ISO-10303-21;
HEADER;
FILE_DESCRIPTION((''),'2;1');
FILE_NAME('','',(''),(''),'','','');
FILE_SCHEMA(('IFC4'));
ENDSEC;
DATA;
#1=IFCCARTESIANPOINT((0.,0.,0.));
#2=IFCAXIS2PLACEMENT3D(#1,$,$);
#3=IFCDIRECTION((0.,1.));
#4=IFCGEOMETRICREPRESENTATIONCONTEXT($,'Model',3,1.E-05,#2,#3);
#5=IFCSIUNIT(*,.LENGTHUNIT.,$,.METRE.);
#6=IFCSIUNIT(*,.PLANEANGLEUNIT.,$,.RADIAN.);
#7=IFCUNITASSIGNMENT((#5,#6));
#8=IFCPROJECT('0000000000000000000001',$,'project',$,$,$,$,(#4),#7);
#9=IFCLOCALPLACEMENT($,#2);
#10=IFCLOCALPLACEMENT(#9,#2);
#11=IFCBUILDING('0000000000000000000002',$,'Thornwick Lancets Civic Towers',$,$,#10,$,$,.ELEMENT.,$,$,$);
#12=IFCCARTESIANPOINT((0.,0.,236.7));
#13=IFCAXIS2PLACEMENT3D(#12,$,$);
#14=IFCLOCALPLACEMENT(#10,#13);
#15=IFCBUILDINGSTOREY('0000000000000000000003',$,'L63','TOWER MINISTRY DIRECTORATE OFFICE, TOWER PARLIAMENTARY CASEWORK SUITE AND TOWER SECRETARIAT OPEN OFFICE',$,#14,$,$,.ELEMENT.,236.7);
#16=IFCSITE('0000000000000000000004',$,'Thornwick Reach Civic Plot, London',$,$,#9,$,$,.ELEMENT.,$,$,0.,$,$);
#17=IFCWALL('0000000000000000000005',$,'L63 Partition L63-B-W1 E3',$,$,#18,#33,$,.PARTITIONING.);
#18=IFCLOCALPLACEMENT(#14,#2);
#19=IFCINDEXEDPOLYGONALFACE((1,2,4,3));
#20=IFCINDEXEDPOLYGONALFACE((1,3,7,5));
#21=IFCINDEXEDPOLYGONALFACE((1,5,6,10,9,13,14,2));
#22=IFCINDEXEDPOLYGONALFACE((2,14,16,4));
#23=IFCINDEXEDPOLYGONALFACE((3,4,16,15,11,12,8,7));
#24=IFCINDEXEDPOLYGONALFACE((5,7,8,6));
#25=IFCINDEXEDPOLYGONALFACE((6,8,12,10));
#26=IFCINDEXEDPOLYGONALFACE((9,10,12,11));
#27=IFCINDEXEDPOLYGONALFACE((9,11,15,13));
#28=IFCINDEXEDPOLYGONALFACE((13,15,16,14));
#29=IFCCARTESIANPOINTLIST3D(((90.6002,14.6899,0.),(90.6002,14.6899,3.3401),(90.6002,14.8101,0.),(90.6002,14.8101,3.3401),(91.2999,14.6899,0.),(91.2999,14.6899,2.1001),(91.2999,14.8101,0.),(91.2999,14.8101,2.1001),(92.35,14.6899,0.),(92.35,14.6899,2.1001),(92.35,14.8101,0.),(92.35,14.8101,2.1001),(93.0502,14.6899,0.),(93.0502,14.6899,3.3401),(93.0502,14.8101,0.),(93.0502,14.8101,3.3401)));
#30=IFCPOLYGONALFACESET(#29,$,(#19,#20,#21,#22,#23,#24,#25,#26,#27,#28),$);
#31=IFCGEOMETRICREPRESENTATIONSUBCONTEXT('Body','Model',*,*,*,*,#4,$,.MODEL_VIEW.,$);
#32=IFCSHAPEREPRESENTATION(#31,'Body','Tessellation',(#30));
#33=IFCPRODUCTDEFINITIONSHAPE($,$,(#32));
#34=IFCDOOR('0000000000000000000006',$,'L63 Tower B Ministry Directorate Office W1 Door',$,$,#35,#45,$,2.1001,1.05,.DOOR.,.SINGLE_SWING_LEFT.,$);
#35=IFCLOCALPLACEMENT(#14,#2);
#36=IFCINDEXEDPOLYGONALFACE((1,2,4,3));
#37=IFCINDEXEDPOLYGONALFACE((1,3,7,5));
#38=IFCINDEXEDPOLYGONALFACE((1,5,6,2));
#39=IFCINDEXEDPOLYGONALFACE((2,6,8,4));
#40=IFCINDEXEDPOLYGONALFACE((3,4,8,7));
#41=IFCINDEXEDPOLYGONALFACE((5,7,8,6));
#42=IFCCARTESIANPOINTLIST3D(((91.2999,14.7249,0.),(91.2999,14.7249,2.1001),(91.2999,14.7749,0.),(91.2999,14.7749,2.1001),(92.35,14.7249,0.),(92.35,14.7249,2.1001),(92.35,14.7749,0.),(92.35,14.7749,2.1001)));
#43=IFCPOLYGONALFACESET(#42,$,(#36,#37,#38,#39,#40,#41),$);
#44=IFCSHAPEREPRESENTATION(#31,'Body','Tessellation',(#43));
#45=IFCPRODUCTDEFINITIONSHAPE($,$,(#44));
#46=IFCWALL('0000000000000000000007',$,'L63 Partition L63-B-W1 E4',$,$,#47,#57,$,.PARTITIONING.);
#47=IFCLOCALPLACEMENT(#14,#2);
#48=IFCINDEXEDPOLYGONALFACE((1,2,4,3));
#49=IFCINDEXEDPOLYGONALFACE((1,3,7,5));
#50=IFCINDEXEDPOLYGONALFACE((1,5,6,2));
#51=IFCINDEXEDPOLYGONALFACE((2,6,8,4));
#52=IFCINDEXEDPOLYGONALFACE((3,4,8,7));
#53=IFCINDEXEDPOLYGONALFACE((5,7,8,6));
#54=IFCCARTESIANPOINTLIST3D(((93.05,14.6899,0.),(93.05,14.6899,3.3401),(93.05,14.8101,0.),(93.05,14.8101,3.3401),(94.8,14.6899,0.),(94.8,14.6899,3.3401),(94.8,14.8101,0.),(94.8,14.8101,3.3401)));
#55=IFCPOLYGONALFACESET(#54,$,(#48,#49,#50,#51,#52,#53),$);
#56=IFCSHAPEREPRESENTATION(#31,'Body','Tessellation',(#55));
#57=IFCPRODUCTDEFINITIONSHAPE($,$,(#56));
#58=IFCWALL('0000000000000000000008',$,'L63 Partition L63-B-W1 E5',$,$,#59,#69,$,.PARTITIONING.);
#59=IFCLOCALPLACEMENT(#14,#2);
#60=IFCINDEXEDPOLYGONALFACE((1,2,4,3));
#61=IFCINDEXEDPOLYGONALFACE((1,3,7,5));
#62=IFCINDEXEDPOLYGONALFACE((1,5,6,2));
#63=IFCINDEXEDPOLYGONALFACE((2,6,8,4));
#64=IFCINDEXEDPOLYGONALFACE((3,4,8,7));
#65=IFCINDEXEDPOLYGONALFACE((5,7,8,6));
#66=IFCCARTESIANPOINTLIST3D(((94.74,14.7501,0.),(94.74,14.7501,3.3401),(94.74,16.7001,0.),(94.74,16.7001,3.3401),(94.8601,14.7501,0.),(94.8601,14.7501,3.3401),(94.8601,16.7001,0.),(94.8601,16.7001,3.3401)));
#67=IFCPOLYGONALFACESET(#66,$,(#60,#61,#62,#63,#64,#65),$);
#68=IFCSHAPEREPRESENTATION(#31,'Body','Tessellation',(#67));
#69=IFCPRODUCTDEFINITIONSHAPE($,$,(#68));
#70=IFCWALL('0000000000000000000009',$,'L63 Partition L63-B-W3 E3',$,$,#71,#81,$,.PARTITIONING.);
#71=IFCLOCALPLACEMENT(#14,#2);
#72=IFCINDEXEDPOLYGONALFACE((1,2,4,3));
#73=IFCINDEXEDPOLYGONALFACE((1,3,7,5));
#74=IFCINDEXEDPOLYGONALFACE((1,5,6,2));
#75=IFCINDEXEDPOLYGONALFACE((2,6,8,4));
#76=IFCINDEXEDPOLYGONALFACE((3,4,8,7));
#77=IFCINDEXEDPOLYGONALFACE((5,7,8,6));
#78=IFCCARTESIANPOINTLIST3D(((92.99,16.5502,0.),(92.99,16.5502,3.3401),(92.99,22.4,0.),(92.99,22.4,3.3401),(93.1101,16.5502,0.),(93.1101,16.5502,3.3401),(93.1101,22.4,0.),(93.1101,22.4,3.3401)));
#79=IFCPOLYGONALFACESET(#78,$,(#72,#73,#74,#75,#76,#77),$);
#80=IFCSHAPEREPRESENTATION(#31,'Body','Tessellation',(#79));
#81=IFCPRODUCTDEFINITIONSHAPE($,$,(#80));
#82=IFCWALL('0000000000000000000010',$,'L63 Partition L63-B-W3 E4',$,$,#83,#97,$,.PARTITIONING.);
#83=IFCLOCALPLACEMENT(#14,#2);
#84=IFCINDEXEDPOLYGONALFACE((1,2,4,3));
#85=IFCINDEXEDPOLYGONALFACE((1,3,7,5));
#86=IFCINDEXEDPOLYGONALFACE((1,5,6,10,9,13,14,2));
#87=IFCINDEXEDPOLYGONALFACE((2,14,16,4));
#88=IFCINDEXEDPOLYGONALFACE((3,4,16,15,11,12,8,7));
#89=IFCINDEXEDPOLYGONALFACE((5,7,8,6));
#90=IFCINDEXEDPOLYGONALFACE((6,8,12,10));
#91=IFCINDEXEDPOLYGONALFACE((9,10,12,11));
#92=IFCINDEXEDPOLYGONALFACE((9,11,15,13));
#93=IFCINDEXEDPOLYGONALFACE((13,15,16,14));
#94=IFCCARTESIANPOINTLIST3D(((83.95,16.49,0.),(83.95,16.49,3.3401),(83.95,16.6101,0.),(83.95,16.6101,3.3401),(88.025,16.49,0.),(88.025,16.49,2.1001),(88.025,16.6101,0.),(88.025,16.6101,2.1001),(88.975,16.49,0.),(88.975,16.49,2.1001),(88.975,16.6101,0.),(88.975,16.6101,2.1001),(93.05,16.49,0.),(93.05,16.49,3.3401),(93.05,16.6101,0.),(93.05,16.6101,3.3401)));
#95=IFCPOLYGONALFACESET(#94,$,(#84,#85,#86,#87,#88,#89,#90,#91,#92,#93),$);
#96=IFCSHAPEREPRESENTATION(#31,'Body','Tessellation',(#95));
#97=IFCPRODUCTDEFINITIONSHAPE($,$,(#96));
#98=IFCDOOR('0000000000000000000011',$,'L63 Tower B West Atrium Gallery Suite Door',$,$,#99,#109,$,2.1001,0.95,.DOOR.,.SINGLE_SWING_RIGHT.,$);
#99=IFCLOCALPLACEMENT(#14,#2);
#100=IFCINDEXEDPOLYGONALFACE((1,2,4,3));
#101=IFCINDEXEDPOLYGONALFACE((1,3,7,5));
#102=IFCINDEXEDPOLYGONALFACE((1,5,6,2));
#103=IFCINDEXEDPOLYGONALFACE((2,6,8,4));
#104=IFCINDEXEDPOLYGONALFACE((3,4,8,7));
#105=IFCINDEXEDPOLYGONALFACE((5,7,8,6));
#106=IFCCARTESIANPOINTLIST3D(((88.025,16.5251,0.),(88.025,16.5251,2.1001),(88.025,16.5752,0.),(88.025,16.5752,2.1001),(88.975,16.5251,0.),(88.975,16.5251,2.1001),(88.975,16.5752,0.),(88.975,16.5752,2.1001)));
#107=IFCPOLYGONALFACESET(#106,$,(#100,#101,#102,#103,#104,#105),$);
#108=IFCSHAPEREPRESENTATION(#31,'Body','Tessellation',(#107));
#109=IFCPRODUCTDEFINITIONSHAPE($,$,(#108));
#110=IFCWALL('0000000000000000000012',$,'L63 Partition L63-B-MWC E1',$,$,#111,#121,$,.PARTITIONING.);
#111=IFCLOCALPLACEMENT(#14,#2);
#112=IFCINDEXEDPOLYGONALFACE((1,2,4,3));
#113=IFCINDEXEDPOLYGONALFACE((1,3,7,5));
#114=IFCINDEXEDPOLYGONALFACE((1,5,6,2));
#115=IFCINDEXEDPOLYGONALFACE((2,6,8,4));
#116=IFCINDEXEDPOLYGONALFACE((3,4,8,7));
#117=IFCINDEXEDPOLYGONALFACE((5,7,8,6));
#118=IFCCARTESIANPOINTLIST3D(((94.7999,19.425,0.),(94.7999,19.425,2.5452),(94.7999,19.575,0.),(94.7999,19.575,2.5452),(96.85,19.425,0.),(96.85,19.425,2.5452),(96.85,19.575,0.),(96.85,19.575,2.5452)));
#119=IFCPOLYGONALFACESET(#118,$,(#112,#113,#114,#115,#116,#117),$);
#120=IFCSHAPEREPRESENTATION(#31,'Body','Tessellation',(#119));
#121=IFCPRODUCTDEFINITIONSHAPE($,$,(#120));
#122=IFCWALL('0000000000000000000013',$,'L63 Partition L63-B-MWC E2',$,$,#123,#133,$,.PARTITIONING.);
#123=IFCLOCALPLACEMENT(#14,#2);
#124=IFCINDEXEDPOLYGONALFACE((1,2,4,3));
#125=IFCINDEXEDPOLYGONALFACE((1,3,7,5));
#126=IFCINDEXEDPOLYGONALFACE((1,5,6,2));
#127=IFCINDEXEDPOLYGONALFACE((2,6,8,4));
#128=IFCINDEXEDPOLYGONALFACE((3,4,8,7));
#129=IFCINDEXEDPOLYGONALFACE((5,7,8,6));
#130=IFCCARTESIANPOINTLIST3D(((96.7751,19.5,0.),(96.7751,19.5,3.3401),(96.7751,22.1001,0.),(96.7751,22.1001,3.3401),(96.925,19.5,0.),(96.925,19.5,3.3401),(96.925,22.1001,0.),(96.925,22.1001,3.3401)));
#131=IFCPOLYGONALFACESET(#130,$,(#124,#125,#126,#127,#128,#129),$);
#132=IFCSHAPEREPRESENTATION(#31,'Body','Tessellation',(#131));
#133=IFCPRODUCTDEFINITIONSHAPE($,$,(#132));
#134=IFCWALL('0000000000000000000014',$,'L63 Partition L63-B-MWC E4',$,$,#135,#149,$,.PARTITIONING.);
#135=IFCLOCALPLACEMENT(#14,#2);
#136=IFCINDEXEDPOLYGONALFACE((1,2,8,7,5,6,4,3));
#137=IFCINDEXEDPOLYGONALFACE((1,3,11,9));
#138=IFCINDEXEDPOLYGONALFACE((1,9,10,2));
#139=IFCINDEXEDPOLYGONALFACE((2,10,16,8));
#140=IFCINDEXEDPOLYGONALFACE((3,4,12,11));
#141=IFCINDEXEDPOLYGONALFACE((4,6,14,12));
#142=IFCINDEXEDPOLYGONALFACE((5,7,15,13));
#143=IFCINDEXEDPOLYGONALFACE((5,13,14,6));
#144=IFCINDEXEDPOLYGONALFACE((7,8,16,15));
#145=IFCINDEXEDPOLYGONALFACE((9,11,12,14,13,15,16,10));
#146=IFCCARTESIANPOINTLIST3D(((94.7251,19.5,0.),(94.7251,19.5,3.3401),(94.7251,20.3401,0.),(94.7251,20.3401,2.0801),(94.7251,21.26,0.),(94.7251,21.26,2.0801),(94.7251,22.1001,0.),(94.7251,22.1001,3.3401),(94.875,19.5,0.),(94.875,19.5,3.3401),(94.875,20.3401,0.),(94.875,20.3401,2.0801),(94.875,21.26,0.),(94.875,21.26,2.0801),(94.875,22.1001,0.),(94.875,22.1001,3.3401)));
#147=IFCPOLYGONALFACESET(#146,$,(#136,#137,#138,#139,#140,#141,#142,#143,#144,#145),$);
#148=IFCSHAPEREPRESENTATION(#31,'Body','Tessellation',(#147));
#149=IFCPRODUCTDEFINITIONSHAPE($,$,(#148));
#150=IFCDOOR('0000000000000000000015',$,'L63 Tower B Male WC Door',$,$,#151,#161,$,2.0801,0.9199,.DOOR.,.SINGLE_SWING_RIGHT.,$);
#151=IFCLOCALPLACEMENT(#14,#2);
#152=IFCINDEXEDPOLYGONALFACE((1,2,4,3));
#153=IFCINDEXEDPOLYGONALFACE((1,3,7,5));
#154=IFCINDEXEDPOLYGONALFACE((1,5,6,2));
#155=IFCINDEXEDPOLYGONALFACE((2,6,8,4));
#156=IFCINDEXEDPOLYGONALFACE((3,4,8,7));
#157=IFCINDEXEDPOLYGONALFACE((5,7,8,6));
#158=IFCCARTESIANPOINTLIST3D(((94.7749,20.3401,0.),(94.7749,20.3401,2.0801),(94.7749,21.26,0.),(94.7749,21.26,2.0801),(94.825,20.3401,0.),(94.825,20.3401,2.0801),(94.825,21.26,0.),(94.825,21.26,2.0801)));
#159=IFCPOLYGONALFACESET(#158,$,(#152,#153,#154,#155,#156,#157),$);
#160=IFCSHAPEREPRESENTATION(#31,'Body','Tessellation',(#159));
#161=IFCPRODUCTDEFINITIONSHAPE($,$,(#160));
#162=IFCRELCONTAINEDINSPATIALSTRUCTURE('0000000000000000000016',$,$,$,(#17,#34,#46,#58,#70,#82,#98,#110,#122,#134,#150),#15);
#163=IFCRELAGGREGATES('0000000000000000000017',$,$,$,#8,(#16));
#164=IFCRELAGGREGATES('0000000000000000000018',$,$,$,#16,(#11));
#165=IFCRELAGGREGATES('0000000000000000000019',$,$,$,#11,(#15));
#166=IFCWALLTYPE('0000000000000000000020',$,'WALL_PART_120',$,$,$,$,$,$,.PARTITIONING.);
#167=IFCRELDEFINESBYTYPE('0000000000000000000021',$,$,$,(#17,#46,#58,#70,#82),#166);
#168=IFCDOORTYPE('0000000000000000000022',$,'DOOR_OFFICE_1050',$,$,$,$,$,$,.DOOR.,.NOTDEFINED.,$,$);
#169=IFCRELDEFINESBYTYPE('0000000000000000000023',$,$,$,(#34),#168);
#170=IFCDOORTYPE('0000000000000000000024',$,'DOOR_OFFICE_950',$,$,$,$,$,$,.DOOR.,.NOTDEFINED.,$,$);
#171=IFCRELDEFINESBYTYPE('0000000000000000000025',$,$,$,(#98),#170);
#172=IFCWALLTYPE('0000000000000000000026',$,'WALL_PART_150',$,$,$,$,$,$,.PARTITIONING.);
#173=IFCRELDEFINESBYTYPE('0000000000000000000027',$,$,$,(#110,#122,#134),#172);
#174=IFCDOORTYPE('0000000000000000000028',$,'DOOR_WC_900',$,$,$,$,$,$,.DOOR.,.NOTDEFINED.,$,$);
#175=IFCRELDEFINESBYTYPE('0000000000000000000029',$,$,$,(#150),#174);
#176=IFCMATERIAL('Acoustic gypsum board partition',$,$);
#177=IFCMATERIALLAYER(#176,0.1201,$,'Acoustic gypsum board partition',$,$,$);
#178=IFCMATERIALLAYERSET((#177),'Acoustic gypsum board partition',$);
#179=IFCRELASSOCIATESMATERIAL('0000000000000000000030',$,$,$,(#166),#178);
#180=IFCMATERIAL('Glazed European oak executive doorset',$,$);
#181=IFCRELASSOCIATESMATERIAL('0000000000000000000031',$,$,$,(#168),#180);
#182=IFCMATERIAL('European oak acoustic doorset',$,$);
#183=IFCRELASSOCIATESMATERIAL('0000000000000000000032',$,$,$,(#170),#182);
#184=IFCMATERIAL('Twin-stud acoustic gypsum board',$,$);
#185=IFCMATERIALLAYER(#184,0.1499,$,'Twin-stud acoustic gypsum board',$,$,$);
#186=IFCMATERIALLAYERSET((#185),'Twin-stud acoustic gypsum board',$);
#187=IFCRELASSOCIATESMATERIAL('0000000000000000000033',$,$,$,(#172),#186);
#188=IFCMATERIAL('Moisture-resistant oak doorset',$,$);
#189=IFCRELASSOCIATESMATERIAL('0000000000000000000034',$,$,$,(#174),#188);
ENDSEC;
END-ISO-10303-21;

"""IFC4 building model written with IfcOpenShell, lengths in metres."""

from ifc_helpers import new_model, si_unit, direction, frame, frame_2d, origin, place, context, subcontext, project, spatial, rectangle, extrude, material, layer, layer_set, type_object, element, fill, save


model = new_model("IFC4")

# Units and contexts
model_context = context("Model", 3, precision=1e-05, world=origin(), true_north=direction((0.0, 1.0)))
body_context = subcontext(model_context, "Body", "Model", "MODEL_VIEW")
ifc_project = project(units=[si_unit("LENGTHUNIT", "METRE"), si_unit("PLANEANGLEUNIT", "RADIAN")], contexts=[model_context])

# Site, building, storey
site_placement = place(None, origin())
site = spatial("IfcSite", under=ifc_project, at=site_placement, Name="Thornwick Reach Civic Plot, London", CompositionType="ELEMENT", RefElevation=0.0)
building_placement = place(site_placement, origin())
building = spatial("IfcBuilding", under=site, at=building_placement, Name="Thornwick Lancets Civic Towers", CompositionType="ELEMENT")
storey_placement = place(building_placement, frame((0.0, 0.0, 236.7)))
storey = spatial("IfcBuildingStorey", under=building, at=storey_placement, Name="L63", Description="TOWER MINISTRY DIRECTORATE OFFICE, TOWER PARLIAMENTARY CASEWORK SUITE AND TOWER SECRETARIAT OPEN OFFICE", CompositionType="ELEMENT", Elevation=236.7)

# Shared definitions
ifc_material_1 = material(Name="Acoustic gypsum board partition")
ifc_layer_1 = layer(ifc_material_1, 0.1201, Name="Acoustic gypsum board partition")
ifc_layer_set_1 = layer_set([ifc_layer_1], Name="Acoustic gypsum board partition")
wall_type_1 = type_object("IfcWallType", Name="WALL_PART_120", PredefinedType="PARTITIONING", material=ifc_layer_set_1)

# Wall, opening, door
wall_1_placement = place(storey_placement, frame((90.6001, 14.75, 0.0), z_axis=(0.0, 0.0, 1.0), x_axis=(1.0, 0.0, 0.0)))
wall_1 = element("IfcWall", 1, at=wall_1_placement, inside=storey, type_object=wall_type_1, Name="L63 Partition L63-B-W1 E3", PredefinedType="PARTITIONING", context=body_context, shape_type="SweptSolid", body=[
    extrude(rectangle(XDim=2.45, YDim=0.1201, at=frame_2d((1.2251, 0.0))), origin(), (0.0, 0.0, 1.0), 3.3401),
])
opening_1_placement = place(wall_1_placement, frame((0.7, 0.0, 0.0)))
opening_1 = element("IfcOpeningElement", 2, at=opening_1_placement, cuts=wall_1, PredefinedType="OPENING", context=body_context, shape_type="SweptSolid", body=[
    extrude(rectangle(XDim=1.05, YDim=2.1001, at=frame_2d((0.5249, 1.05))), frame((0.0, 0.0701, 0.0), z_axis=(0.0, -1.0, 0.0), x_axis=(1.0, 0.0, 0.0)), (0.0, 0.0, 1.0), 0.1401),
])
ifc_material_2 = material(Name="Glazed European oak executive doorset")
door_type_1 = type_object("IfcDoorType", Name="DOOR_OFFICE_1050", OperationType="NOTDEFINED", PredefinedType="DOOR", material=ifc_material_2)
door_1_placement = place(opening_1_placement, origin())
door_1 = element("IfcDoor", 3, at=door_1_placement, inside=storey, type_object=door_type_1, Name="L63 Tower B Ministry Directorate Office W1 Door", OperationType="SINGLE_SWING_LEFT", OverallHeight=2.1001, OverallWidth=1.05, PredefinedType="DOOR", context=body_context, shape_type="SweptSolid", body=[
    extrude(rectangle(XDim=1.05, YDim=2.1001, at=frame_2d((0.5249, 1.05))), frame((0.0, 0.0249, 0.0), z_axis=(0.0, -1.0, 0.0), x_axis=(1.0, 0.0, 0.0)), (0.0, 0.0, 1.0), 0.05),
])
fill(opening_1, door_1)

# Walls
wall_2_placement = place(storey_placement, frame((93.05, 14.75, 0.0), z_axis=(0.0, 0.0, 1.0), x_axis=(1.0, 0.0, 0.0)))
element("IfcWall", 4, at=wall_2_placement, inside=storey, type_object=wall_type_1, Name="L63 Partition L63-B-W1 E4", PredefinedType="PARTITIONING", context=body_context, shape_type="SweptSolid", body=[
    extrude(rectangle(XDim=1.75, YDim=0.1201, at=frame_2d((0.875, 0.0))), origin(), (0.0, 0.0, 1.0), 3.3401),
])
wall_3_placement = place(storey_placement, frame((94.8, 14.75, 0.0), z_axis=(0.0, 0.0, 1.0), x_axis=(0.0, 1.0, 0.0)))
element("IfcWall", 5, at=wall_3_placement, inside=storey, type_object=wall_type_1, Name="L63 Partition L63-B-W1 E5", PredefinedType="PARTITIONING", context=body_context, shape_type="SweptSolid", body=[
    extrude(rectangle(XDim=1.95, YDim=0.1201, at=frame_2d((0.9751, 0.0))), origin(), (0.0, 0.0, 1.0), 3.3401),
])
wall_4_placement = place(storey_placement, frame((93.05, 22.3999, 0.0), z_axis=(0.0, 0.0, 1.0), x_axis=(0.0, -1.0, 0.0)))
element("IfcWall", 6, at=wall_4_placement, inside=storey, type_object=wall_type_1, Name="L63 Partition L63-B-W3 E3", PredefinedType="PARTITIONING", context=body_context, shape_type="SweptSolid", body=[
    extrude(rectangle(XDim=5.8499, YDim=0.1201, at=frame_2d((2.9248, 0.0))), origin(), (0.0, 0.0, 1.0), 3.3401),
])

# Wall, opening, door
wall_5_placement = place(storey_placement, frame((93.05, 16.55, 0.0), z_axis=(0.0, 0.0, 1.0), x_axis=(-1.0, 0.0, 0.0)))
wall_5 = element("IfcWall", 7, at=wall_5_placement, inside=storey, type_object=wall_type_1, Name="L63 Partition L63-B-W3 E4", PredefinedType="PARTITIONING", context=body_context, shape_type="SweptSolid", body=[
    extrude(rectangle(XDim=9.1001, YDim=0.1201, at=frame_2d((4.55, 0.0))), origin(), (0.0, 0.0, 1.0), 3.3401),
])
opening_2_placement = place(wall_5_placement, frame((4.075, 0.0, 0.0)))
opening_2 = element("IfcOpeningElement", 8, at=opening_2_placement, cuts=wall_5, PredefinedType="OPENING", context=body_context, shape_type="SweptSolid", body=[
    extrude(rectangle(XDim=0.95, YDim=2.1001, at=frame_2d((0.4751, 1.05))), frame((0.0, 0.0701, 0.0), z_axis=(0.0, -1.0, 0.0), x_axis=(1.0, 0.0, 0.0)), (0.0, 0.0, 1.0), 0.1401),
])
ifc_material_3 = material(Name="European oak acoustic doorset")
door_type_2 = type_object("IfcDoorType", Name="DOOR_OFFICE_950", OperationType="NOTDEFINED", PredefinedType="DOOR", material=ifc_material_3)
door_2_placement = place(opening_2_placement, origin())
door_2 = element("IfcDoor", 9, at=door_2_placement, inside=storey, type_object=door_type_2, Name="L63 Tower B West Atrium Gallery Suite Door", OperationType="SINGLE_SWING_RIGHT", OverallHeight=2.1001, OverallWidth=0.95, PredefinedType="DOOR", context=body_context, shape_type="SweptSolid", body=[
    extrude(rectangle(XDim=0.95, YDim=2.1001, at=frame_2d((0.4751, 1.05))), frame((0.0, 0.0249, 0.0), z_axis=(0.0, -1.0, 0.0), x_axis=(1.0, 0.0, 0.0)), (0.0, 0.0, 1.0), 0.05),
])
fill(opening_2, door_2)

# Walls
ifc_material_4 = material(Name="Twin-stud acoustic gypsum board")
ifc_layer_2 = layer(ifc_material_4, 0.1499, Name="Twin-stud acoustic gypsum board")
ifc_layer_set_2 = layer_set([ifc_layer_2], Name="Twin-stud acoustic gypsum board")
wall_type_2 = type_object("IfcWallType", Name="WALL_PART_150", PredefinedType="PARTITIONING", material=ifc_layer_set_2)
wall_6_placement = place(storey_placement, frame((94.8, 19.5, 0.0), z_axis=(0.0, 0.0, 1.0), x_axis=(1.0, 0.0, 0.0)))
element("IfcWall", 10, at=wall_6_placement, inside=storey, type_object=wall_type_2, Name="L63 Partition L63-B-MWC E1", PredefinedType="PARTITIONING", context=body_context, shape_type="SweptSolid", body=[
    extrude(rectangle(XDim=2.05, YDim=0.1499, at=frame_2d((1.0249, 0.0))), origin(), (0.0, 0.0, 1.0), 2.5452),
])
wall_7_placement = place(storey_placement, frame((96.8501, 19.5, 0.0), z_axis=(0.0, 0.0, 1.0), x_axis=(0.0, 1.0, 0.0)))
element("IfcWall", 11, at=wall_7_placement, inside=storey, type_object=wall_type_2, Name="L63 Partition L63-B-MWC E2", PredefinedType="PARTITIONING", context=body_context, shape_type="SweptSolid", body=[
    extrude(rectangle(XDim=2.6001, YDim=0.1499, at=frame_2d((1.3, 0.0))), origin(), (0.0, 0.0, 1.0), 3.3401),
])

# Wall, opening, door
wall_8_placement = place(storey_placement, frame((94.8, 22.1001, 0.0), z_axis=(0.0, 0.0, 1.0), x_axis=(0.0, -1.0, 0.0)))
wall_8 = element("IfcWall", 12, at=wall_8_placement, inside=storey, type_object=wall_type_2, Name="L63 Partition L63-B-MWC E4", PredefinedType="PARTITIONING", context=body_context, shape_type="SweptSolid", body=[
    extrude(rectangle(XDim=2.6001, YDim=0.1499, at=frame_2d((1.3, 0.0))), origin(), (0.0, 0.0, 1.0), 3.3401),
])
opening_3_placement = place(wall_8_placement, frame((0.8401, 0.0, 0.0)))
opening_3 = element("IfcOpeningElement", 13, at=opening_3_placement, cuts=wall_8, PredefinedType="OPENING", context=body_context, shape_type="SweptSolid", body=[
    extrude(rectangle(XDim=0.9199, YDim=2.0801, at=frame_2d((0.46, 1.04))), frame((0.0, 0.085, 0.0), z_axis=(0.0, -1.0, 0.0), x_axis=(1.0, 0.0, 0.0)), (0.0, 0.0, 1.0), 0.1699),
])
ifc_material_5 = material(Name="Moisture-resistant oak doorset")
door_type_3 = type_object("IfcDoorType", Name="DOOR_WC_900", OperationType="NOTDEFINED", PredefinedType="DOOR", material=ifc_material_5)
door_3_placement = place(opening_3_placement, origin())
door_3 = element("IfcDoor", 14, at=door_3_placement, inside=storey, type_object=door_type_3, Name="L63 Tower B Male WC Door", OperationType="SINGLE_SWING_RIGHT", OverallHeight=2.0801, OverallWidth=0.9199, PredefinedType="DOOR", context=body_context, shape_type="SweptSolid", body=[
    extrude(rectangle(XDim=0.9199, YDim=2.0801, at=frame_2d((0.46, 1.04))), frame((0.0, 0.0249, 0.0), z_axis=(0.0, -1.0, 0.0), x_axis=(1.0, 0.0, 0.0)), (0.0, 0.0, 1.0), 0.05),
])
fill(opening_3, door_3)

save(model, "model.ifc")
